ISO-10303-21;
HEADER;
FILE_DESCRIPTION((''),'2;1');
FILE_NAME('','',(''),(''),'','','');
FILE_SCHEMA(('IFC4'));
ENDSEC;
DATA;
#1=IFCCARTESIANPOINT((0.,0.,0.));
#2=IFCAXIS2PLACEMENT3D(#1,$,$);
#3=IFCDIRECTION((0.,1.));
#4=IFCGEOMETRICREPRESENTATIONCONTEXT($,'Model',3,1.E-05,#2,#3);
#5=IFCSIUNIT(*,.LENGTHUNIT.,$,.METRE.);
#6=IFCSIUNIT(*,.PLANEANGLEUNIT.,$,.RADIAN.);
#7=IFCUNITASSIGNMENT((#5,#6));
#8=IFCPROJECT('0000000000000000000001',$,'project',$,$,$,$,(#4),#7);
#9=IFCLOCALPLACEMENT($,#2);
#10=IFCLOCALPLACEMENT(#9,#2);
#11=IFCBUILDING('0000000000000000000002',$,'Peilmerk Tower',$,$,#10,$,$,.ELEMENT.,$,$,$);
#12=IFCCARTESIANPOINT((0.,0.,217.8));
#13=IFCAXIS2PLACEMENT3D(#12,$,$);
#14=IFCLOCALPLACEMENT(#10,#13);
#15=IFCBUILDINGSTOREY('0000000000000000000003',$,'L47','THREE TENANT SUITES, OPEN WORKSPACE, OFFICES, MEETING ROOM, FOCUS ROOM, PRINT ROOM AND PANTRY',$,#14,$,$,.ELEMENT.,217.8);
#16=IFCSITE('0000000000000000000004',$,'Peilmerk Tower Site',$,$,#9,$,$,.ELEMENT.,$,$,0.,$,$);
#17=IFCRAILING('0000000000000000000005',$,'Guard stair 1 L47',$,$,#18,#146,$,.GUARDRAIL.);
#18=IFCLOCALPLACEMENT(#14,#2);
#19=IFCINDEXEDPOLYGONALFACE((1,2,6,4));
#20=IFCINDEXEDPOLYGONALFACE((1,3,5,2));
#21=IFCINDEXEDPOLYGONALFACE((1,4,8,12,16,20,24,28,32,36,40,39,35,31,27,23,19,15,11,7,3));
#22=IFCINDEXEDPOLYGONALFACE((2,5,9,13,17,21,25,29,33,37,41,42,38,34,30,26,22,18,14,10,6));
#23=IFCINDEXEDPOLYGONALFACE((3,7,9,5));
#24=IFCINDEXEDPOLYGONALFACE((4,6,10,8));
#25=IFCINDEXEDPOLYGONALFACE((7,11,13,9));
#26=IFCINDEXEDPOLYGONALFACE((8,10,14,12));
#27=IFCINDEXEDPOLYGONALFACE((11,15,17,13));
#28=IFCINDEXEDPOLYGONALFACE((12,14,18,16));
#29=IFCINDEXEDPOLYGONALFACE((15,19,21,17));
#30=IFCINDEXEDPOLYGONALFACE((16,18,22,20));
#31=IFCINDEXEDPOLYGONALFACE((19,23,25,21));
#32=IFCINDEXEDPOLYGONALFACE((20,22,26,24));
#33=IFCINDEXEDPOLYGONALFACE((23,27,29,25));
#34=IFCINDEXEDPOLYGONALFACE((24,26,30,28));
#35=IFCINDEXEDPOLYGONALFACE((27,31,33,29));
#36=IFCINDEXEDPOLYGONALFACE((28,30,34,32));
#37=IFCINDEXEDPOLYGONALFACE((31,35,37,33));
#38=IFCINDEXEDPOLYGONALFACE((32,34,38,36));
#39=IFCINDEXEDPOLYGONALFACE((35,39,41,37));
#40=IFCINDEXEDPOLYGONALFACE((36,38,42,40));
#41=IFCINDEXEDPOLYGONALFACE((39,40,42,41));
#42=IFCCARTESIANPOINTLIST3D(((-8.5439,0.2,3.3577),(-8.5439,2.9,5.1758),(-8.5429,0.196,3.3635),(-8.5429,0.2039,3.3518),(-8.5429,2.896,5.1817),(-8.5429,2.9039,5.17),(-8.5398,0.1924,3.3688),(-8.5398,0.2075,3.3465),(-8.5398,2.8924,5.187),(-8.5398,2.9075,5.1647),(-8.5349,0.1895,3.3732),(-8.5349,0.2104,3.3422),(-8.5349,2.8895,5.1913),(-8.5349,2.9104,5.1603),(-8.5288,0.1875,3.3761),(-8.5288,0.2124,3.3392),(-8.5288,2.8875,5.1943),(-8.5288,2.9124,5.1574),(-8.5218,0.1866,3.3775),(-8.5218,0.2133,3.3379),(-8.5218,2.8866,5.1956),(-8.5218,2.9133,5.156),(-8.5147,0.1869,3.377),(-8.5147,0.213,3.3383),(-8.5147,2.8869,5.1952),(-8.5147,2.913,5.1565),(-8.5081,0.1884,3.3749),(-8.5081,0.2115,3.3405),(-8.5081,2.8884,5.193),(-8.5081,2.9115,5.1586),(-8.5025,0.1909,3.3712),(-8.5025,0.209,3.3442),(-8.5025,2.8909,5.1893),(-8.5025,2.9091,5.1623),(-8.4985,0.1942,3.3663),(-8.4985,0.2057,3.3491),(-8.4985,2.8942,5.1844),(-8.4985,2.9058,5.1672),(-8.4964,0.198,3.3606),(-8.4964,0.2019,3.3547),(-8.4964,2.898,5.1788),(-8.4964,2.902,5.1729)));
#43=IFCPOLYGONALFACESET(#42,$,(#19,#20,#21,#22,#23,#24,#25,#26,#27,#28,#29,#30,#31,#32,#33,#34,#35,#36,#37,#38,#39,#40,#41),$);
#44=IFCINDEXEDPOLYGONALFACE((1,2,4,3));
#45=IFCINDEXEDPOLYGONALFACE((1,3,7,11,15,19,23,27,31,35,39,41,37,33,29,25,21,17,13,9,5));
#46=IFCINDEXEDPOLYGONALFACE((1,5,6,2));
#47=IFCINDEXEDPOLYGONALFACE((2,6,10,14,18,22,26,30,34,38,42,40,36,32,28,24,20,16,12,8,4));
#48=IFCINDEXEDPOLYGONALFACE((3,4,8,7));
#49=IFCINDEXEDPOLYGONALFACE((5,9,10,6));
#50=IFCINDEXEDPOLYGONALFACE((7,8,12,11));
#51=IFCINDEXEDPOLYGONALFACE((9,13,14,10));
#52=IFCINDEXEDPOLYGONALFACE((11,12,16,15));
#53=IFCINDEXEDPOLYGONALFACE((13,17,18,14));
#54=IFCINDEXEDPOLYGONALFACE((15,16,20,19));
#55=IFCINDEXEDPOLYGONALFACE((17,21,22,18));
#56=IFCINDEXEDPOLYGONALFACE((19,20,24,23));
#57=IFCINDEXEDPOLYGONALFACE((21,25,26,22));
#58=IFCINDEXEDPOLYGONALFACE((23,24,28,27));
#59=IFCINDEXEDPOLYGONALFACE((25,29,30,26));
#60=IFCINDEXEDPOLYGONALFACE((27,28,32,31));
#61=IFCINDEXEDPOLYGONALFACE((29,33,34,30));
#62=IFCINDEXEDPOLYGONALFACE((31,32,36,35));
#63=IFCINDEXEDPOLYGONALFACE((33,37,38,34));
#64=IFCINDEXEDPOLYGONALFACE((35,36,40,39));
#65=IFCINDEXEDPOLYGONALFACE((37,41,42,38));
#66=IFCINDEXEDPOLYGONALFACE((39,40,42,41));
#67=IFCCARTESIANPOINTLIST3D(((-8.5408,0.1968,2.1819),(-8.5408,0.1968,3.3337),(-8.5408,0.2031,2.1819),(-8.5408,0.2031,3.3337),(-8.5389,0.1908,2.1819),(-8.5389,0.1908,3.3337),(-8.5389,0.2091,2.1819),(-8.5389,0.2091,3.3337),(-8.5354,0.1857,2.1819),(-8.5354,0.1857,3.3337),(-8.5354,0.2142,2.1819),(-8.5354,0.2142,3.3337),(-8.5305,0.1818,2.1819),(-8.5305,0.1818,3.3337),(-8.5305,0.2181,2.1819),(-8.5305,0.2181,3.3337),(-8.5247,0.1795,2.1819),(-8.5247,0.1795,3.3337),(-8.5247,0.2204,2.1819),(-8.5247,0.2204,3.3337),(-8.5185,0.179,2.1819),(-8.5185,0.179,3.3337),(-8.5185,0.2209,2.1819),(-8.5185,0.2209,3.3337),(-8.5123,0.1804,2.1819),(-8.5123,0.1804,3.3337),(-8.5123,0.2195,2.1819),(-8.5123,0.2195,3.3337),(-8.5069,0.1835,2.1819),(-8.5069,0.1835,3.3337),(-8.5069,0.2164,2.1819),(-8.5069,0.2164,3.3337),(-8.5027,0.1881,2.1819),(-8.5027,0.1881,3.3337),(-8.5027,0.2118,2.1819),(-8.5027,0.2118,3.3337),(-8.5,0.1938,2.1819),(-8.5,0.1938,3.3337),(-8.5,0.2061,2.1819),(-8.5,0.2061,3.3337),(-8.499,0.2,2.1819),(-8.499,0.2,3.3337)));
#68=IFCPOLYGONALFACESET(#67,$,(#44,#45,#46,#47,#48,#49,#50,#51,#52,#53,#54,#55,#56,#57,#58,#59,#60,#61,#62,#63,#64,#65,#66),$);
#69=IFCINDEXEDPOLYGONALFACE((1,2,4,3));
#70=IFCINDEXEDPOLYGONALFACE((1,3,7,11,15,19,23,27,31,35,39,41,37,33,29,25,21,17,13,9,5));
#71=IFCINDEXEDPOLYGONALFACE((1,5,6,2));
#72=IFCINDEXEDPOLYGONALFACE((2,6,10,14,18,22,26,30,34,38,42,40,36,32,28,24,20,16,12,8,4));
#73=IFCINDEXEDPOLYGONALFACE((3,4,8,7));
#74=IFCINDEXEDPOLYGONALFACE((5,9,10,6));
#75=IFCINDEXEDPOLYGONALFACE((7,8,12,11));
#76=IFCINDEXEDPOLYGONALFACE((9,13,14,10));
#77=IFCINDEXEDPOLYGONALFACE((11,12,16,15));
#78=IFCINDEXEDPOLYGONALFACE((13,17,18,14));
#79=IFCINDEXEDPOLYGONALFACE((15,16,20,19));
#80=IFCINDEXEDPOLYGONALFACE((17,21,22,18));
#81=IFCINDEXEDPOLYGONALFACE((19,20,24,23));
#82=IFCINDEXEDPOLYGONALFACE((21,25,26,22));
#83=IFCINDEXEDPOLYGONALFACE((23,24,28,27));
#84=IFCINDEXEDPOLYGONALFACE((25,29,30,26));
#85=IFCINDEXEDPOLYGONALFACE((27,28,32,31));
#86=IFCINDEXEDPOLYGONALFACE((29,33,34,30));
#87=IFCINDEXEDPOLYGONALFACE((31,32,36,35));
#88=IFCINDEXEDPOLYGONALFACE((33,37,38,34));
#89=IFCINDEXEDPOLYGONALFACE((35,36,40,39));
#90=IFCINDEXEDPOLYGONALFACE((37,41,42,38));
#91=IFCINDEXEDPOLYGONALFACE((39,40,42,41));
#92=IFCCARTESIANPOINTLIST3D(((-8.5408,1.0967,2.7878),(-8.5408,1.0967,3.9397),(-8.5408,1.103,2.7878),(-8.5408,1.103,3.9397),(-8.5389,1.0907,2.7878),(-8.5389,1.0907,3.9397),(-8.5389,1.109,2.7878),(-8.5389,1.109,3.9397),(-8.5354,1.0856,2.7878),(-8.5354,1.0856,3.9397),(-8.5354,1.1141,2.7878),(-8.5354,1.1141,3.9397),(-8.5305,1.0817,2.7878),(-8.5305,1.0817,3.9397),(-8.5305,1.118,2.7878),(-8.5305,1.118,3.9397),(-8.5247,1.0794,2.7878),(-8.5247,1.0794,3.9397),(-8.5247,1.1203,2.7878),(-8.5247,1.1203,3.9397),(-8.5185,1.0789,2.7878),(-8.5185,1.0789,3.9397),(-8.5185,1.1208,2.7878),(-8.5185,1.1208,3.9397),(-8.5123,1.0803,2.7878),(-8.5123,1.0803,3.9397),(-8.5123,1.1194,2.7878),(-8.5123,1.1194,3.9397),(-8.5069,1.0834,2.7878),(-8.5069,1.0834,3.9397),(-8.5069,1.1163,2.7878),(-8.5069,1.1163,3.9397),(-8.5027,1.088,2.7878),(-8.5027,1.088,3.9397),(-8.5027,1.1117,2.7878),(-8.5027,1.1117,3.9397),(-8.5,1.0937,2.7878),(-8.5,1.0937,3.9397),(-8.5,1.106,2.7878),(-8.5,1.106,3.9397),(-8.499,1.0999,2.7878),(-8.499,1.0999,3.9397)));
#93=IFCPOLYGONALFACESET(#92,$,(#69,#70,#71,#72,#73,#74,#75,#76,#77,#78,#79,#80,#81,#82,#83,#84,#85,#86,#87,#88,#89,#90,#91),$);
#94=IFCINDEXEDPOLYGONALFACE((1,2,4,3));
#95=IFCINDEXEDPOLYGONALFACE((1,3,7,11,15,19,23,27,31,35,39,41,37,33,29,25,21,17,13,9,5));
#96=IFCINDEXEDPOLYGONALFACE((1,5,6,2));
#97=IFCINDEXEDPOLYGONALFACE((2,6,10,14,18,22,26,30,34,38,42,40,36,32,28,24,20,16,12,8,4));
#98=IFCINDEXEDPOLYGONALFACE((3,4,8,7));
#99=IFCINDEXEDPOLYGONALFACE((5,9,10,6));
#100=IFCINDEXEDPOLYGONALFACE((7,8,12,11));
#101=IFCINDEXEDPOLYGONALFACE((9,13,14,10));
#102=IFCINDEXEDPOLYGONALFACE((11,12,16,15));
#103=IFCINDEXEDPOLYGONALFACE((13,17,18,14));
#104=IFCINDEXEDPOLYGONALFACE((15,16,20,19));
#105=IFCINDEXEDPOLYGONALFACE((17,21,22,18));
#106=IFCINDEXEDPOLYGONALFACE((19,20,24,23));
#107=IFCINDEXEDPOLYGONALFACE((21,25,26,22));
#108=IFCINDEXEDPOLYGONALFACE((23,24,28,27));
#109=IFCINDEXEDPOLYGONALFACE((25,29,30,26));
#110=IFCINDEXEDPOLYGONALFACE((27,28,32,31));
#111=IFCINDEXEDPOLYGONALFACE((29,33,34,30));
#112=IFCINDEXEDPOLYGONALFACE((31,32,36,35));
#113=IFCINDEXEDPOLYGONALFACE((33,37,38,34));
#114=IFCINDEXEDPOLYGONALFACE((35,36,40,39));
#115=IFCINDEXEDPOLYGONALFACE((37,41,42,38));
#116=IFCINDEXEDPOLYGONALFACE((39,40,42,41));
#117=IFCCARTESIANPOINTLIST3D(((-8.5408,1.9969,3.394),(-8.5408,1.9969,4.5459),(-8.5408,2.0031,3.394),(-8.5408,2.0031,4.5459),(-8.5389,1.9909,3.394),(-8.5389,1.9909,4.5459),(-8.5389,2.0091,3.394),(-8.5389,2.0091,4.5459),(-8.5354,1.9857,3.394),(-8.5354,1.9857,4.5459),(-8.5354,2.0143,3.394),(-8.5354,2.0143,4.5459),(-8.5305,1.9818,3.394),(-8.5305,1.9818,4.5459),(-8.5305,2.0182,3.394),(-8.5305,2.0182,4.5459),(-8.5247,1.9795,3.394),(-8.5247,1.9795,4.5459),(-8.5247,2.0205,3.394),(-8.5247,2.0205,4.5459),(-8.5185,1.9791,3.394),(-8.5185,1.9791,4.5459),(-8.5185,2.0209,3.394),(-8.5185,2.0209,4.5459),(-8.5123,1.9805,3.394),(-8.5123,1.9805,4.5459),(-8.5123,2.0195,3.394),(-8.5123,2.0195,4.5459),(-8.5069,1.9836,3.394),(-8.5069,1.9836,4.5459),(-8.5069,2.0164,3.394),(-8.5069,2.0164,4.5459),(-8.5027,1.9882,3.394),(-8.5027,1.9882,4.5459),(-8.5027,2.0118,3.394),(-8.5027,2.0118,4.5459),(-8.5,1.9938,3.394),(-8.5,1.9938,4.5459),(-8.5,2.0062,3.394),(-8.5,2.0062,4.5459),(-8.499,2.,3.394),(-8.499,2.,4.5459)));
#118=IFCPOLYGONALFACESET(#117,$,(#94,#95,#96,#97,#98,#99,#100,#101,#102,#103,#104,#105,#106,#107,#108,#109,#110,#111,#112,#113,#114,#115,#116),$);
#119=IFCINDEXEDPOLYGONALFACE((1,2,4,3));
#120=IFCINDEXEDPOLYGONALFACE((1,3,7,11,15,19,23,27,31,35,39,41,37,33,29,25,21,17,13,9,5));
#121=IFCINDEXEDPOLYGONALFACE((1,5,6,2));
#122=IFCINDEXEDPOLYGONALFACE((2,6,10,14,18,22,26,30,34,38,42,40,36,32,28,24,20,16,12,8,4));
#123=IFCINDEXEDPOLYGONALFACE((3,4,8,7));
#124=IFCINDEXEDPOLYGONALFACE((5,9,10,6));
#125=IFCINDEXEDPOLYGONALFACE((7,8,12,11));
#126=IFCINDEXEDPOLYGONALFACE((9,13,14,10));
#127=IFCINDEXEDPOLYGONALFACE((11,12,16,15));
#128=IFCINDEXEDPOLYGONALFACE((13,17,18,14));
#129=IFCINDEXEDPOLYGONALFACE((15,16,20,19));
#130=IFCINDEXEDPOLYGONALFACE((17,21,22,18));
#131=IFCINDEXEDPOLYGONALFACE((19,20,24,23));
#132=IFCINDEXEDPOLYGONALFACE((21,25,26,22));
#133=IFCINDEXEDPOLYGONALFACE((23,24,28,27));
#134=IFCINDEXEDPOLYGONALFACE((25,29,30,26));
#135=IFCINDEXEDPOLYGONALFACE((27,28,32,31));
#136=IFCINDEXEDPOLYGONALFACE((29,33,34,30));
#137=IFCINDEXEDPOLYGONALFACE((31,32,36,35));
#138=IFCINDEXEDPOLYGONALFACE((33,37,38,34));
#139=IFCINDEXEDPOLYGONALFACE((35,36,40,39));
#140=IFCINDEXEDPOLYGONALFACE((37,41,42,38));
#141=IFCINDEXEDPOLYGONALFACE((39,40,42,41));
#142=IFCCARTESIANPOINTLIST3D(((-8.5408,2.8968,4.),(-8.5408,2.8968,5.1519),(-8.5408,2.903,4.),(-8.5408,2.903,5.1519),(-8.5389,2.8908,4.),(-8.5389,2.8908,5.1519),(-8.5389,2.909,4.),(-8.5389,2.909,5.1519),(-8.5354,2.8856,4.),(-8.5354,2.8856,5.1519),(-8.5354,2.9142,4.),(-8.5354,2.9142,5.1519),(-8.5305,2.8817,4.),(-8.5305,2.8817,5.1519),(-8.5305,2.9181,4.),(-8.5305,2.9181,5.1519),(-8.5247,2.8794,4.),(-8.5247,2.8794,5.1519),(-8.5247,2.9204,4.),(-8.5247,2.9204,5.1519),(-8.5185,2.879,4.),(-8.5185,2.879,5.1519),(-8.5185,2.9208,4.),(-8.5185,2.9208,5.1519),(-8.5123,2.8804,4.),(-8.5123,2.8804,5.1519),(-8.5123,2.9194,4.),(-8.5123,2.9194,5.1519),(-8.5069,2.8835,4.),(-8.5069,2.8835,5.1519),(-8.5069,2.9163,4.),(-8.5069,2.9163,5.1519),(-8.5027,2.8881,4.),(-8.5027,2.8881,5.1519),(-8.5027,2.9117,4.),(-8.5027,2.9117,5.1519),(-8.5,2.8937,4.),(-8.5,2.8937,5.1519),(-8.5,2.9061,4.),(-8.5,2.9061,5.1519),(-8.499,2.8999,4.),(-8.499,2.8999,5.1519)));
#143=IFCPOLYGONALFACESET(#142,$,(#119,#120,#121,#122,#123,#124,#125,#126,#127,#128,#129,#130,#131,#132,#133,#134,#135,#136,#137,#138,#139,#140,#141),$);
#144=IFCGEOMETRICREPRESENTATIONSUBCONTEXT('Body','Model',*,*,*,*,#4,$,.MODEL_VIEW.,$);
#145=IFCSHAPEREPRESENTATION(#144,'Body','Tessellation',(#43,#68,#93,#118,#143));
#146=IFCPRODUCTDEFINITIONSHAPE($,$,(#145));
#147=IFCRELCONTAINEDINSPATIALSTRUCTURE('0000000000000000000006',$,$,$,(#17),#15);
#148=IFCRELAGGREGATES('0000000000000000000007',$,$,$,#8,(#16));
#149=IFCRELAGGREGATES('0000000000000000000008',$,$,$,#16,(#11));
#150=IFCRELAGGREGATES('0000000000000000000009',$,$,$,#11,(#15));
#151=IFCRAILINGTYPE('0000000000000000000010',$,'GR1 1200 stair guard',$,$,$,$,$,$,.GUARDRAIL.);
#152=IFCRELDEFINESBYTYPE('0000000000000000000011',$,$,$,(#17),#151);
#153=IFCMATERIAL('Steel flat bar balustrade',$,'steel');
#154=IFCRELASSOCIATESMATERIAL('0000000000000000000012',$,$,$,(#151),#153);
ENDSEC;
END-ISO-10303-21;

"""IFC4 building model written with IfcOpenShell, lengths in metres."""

from ifc_helpers import new_model, si_unit, direction, frame, origin, origin_2d, place, context, subcontext, project, spatial, circle, extrude, material, type_object, element, save


model = new_model("IFC4")

# Units and contexts
model_context = context("Model", 3, precision=1e-05, world=origin(), true_north=direction((0.0, 1.0)))
body_context = subcontext(model_context, "Body", "Model", "MODEL_VIEW")
ifc_project = project(units=[si_unit("LENGTHUNIT", "METRE"), si_unit("PLANEANGLEUNIT", "RADIAN")], contexts=[model_context])

# Site, building, storey
site_placement = place(None, origin())
site = spatial("IfcSite", under=ifc_project, at=site_placement, Name="Peilmerk Tower Site", CompositionType="ELEMENT", RefElevation=0.0)
building_placement = place(site_placement, origin())
building = spatial("IfcBuilding", under=site, at=building_placement, Name="Peilmerk Tower", CompositionType="ELEMENT")
storey_placement = place(building_placement, frame((0.0, 0.0, 217.8)))
storey = spatial("IfcBuildingStorey", under=building, at=storey_placement, Name="L47", Description="THREE TENANT SUITES, OPEN WORKSPACE, OFFICES, MEETING ROOM, FOCUS ROOM, PRINT ROOM AND PANTRY", CompositionType="ELEMENT", Elevation=217.8)

# Railing
ifc_material_1 = material(Name="Steel flat bar balustrade", Category="steel")
railing_type_1 = type_object("IfcRailingType", Name="GR1 1200 stair guard", PredefinedType="GUARDRAIL", material=ifc_material_1)
railing_1_placement = place(storey_placement, frame((-8.52, 0.2, 2.1819)))
element("IfcRailing", 1, at=railing_1_placement, inside=storey, type_object=railing_type_1, Name="Guard stair 1 L47", PredefinedType="GUARDRAIL", context=body_context, shape_type="SweptSolid", body=[
    extrude(circle(Radius=0.0239, at=origin_2d()), frame((0.0, 0.0, 1.1758), z_axis=(0.0, 0.829468, 0.558554), x_axis=(-1.0, 0.0, 0.0)), (0.0, 0.0, 1.0), 3.2551),
    extrude(circle(Radius=0.021, at=origin_2d()), origin(), (0.0, 0.0, 1.0), 1.1519),
    extrude(circle(Radius=0.021, at=origin_2d()), frame((0.0, 0.8999, 0.606)), (0.0, 0.0, 1.0), 1.1519),
    extrude(circle(Radius=0.021, at=origin_2d()), frame((0.0, 1.8, 1.2122)), (0.0, 0.0, 1.0), 1.1519),
    extrude(circle(Radius=0.021, at=origin_2d()), frame((0.0, 2.7, 1.8181)), (0.0, 0.0, 1.0), 1.1519),
])

save(model, "model.ifc")
